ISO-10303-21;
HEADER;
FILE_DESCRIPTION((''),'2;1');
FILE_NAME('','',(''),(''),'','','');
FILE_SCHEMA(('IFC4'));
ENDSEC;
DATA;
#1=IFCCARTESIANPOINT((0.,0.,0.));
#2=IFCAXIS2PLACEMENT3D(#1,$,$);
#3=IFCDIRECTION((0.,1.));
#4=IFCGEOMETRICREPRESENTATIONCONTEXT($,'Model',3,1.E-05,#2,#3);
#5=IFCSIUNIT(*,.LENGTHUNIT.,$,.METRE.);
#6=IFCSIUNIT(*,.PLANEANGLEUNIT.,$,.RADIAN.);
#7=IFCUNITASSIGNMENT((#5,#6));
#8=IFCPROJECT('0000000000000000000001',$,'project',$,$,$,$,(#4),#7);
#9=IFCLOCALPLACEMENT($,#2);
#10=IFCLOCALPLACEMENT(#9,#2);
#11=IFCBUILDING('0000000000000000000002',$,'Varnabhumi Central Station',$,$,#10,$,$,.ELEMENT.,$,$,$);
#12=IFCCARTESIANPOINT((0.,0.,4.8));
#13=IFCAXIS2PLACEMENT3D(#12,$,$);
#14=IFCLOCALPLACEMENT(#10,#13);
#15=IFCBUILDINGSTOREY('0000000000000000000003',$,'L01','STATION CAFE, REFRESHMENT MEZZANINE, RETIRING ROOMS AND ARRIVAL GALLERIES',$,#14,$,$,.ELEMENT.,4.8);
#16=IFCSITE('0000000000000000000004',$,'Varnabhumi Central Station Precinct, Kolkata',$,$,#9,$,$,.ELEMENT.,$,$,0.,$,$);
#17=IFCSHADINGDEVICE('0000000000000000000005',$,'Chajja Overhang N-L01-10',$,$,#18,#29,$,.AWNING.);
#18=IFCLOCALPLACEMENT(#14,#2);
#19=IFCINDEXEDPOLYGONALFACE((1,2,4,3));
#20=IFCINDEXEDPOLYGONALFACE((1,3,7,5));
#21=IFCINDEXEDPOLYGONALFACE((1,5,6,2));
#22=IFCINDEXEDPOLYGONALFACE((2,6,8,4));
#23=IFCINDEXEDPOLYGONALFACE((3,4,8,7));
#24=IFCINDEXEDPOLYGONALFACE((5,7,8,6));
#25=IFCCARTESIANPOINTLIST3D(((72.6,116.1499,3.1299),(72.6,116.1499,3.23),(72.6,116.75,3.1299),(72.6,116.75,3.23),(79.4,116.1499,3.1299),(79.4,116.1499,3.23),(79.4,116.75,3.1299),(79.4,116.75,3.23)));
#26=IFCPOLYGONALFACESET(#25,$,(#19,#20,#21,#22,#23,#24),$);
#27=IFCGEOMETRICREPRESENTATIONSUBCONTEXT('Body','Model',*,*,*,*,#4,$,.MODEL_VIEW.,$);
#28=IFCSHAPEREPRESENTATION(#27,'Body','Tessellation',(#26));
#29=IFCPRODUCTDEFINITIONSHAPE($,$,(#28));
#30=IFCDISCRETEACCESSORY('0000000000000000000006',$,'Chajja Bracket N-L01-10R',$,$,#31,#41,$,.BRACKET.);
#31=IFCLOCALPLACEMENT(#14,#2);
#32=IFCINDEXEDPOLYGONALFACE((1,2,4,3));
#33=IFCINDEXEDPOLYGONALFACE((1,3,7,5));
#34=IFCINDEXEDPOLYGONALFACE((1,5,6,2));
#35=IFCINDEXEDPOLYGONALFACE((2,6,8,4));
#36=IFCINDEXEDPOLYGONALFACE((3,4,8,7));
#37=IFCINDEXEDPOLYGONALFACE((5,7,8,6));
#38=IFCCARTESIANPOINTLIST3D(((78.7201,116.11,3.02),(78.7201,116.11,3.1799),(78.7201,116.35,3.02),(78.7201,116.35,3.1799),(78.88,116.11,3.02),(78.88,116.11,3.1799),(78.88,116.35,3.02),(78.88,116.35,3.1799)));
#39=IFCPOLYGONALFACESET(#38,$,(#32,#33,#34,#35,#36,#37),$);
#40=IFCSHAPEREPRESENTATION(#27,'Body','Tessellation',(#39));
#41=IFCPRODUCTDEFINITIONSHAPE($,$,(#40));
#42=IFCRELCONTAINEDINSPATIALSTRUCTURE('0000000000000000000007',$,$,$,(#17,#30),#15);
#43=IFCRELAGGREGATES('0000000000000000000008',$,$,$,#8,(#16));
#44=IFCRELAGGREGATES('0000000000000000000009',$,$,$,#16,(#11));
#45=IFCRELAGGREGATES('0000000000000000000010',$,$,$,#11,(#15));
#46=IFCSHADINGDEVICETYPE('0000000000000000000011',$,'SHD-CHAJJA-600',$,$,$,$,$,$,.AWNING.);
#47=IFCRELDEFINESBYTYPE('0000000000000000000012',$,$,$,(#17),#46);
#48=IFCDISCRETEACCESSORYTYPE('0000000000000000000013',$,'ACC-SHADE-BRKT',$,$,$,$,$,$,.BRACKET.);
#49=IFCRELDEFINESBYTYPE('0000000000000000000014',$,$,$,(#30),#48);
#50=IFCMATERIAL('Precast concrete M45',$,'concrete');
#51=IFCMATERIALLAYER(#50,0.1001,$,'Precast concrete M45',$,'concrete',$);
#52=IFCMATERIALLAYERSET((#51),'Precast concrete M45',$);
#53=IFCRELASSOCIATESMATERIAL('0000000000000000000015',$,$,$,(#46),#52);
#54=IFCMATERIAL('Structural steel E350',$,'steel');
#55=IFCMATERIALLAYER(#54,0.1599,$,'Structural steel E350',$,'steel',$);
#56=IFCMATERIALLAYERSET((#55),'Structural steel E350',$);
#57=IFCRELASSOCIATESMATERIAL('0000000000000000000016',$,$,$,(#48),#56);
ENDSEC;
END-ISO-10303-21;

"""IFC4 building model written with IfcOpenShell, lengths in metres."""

from ifc_helpers import new_model, si_unit, direction, frame, origin, origin_2d, place, context, subcontext, project, spatial, rectangle, extrude, material, layer, layer_set, type_object, element, save


model = new_model("IFC4")

# Units and contexts
model_context = context("Model", 3, precision=1e-05, world=origin(), true_north=direction((0.0, 1.0)))
body_context = subcontext(model_context, "Body", "Model", "MODEL_VIEW")
ifc_project = project(units=[si_unit("LENGTHUNIT", "METRE"), si_unit("PLANEANGLEUNIT", "RADIAN")], contexts=[model_context])

# Site, building, storey
site_placement = place(None, origin())
site = spatial("IfcSite", under=ifc_project, at=site_placement, Name="Varnabhumi Central Station Precinct, Kolkata", CompositionType="ELEMENT", RefElevation=0.0)
building_placement = place(site_placement, origin())
building = spatial("IfcBuilding", under=site, at=building_placement, Name="Varnabhumi Central Station", CompositionType="ELEMENT")
storey_placement = place(building_placement, frame((0.0, 0.0, 4.8)))
storey = spatial("IfcBuildingStorey", under=building, at=storey_placement, Name="L01", Description="STATION CAFE, REFRESHMENT MEZZANINE, RETIRING ROOMS AND ARRIVAL GALLERIES", CompositionType="ELEMENT", Elevation=4.8)

# Shared definitions
ifc_material_1 = material(Name="Structural steel E350", Category="steel")

# Shading device
ifc_material_2 = material(Name="Precast concrete M45", Category="concrete")
ifc_layer_1 = layer(ifc_material_2, 0.1001, Name="Precast concrete M45", Category="concrete")
ifc_layer_set_1 = layer_set([ifc_layer_1], Name="Precast concrete M45")
shading_device_type = type_object("IfcShadingDeviceType", Name="SHD-CHAJJA-600", PredefinedType="AWNING", material=ifc_layer_set_1)
shading_device_placement = place(storey_placement, frame((76.0, 116.45, 3.1299), z_axis=(0.0, 0.0, 1.0), x_axis=(1.0, 0.0, 0.0)))
element("IfcShadingDevice", 1, at=shading_device_placement, inside=storey, type_object=shading_device_type, Name="Chajja Overhang N-L01-10", PredefinedType="AWNING", context=body_context, shape_type="SweptSolid", body=[
    extrude(rectangle(XDim=6.8, YDim=0.6001, at=origin_2d()), origin(), (0.0, 0.0, 1.0), 0.1001),
])

# Discrete accessory
ifc_layer_2 = layer(ifc_material_1, 0.1599, Name="Structural steel E350", Category="steel")
ifc_layer_set_2 = layer_set([ifc_layer_2], Name="Structural steel E350")
discrete_accessory_type = type_object("IfcDiscreteAccessoryType", Name="ACC-SHADE-BRKT", PredefinedType="BRACKET", material=ifc_layer_set_2)
discrete_accessory_placement = place(storey_placement, frame((78.8, 116.23, 3.02), z_axis=(0.0, 0.0, 1.0), x_axis=(1.0, 0.0, 0.0)))
element("IfcDiscreteAccessory", 2, at=discrete_accessory_placement, inside=storey, type_object=discrete_accessory_type, Name="Chajja Bracket N-L01-10R", PredefinedType="BRACKET", context=body_context, shape_type="SweptSolid", body=[
    extrude(rectangle(XDim=0.1599, YDim=0.24, at=origin_2d()), origin(), (0.0, 0.0, 1.0), 0.1599),
])

save(model, "model.ifc")
